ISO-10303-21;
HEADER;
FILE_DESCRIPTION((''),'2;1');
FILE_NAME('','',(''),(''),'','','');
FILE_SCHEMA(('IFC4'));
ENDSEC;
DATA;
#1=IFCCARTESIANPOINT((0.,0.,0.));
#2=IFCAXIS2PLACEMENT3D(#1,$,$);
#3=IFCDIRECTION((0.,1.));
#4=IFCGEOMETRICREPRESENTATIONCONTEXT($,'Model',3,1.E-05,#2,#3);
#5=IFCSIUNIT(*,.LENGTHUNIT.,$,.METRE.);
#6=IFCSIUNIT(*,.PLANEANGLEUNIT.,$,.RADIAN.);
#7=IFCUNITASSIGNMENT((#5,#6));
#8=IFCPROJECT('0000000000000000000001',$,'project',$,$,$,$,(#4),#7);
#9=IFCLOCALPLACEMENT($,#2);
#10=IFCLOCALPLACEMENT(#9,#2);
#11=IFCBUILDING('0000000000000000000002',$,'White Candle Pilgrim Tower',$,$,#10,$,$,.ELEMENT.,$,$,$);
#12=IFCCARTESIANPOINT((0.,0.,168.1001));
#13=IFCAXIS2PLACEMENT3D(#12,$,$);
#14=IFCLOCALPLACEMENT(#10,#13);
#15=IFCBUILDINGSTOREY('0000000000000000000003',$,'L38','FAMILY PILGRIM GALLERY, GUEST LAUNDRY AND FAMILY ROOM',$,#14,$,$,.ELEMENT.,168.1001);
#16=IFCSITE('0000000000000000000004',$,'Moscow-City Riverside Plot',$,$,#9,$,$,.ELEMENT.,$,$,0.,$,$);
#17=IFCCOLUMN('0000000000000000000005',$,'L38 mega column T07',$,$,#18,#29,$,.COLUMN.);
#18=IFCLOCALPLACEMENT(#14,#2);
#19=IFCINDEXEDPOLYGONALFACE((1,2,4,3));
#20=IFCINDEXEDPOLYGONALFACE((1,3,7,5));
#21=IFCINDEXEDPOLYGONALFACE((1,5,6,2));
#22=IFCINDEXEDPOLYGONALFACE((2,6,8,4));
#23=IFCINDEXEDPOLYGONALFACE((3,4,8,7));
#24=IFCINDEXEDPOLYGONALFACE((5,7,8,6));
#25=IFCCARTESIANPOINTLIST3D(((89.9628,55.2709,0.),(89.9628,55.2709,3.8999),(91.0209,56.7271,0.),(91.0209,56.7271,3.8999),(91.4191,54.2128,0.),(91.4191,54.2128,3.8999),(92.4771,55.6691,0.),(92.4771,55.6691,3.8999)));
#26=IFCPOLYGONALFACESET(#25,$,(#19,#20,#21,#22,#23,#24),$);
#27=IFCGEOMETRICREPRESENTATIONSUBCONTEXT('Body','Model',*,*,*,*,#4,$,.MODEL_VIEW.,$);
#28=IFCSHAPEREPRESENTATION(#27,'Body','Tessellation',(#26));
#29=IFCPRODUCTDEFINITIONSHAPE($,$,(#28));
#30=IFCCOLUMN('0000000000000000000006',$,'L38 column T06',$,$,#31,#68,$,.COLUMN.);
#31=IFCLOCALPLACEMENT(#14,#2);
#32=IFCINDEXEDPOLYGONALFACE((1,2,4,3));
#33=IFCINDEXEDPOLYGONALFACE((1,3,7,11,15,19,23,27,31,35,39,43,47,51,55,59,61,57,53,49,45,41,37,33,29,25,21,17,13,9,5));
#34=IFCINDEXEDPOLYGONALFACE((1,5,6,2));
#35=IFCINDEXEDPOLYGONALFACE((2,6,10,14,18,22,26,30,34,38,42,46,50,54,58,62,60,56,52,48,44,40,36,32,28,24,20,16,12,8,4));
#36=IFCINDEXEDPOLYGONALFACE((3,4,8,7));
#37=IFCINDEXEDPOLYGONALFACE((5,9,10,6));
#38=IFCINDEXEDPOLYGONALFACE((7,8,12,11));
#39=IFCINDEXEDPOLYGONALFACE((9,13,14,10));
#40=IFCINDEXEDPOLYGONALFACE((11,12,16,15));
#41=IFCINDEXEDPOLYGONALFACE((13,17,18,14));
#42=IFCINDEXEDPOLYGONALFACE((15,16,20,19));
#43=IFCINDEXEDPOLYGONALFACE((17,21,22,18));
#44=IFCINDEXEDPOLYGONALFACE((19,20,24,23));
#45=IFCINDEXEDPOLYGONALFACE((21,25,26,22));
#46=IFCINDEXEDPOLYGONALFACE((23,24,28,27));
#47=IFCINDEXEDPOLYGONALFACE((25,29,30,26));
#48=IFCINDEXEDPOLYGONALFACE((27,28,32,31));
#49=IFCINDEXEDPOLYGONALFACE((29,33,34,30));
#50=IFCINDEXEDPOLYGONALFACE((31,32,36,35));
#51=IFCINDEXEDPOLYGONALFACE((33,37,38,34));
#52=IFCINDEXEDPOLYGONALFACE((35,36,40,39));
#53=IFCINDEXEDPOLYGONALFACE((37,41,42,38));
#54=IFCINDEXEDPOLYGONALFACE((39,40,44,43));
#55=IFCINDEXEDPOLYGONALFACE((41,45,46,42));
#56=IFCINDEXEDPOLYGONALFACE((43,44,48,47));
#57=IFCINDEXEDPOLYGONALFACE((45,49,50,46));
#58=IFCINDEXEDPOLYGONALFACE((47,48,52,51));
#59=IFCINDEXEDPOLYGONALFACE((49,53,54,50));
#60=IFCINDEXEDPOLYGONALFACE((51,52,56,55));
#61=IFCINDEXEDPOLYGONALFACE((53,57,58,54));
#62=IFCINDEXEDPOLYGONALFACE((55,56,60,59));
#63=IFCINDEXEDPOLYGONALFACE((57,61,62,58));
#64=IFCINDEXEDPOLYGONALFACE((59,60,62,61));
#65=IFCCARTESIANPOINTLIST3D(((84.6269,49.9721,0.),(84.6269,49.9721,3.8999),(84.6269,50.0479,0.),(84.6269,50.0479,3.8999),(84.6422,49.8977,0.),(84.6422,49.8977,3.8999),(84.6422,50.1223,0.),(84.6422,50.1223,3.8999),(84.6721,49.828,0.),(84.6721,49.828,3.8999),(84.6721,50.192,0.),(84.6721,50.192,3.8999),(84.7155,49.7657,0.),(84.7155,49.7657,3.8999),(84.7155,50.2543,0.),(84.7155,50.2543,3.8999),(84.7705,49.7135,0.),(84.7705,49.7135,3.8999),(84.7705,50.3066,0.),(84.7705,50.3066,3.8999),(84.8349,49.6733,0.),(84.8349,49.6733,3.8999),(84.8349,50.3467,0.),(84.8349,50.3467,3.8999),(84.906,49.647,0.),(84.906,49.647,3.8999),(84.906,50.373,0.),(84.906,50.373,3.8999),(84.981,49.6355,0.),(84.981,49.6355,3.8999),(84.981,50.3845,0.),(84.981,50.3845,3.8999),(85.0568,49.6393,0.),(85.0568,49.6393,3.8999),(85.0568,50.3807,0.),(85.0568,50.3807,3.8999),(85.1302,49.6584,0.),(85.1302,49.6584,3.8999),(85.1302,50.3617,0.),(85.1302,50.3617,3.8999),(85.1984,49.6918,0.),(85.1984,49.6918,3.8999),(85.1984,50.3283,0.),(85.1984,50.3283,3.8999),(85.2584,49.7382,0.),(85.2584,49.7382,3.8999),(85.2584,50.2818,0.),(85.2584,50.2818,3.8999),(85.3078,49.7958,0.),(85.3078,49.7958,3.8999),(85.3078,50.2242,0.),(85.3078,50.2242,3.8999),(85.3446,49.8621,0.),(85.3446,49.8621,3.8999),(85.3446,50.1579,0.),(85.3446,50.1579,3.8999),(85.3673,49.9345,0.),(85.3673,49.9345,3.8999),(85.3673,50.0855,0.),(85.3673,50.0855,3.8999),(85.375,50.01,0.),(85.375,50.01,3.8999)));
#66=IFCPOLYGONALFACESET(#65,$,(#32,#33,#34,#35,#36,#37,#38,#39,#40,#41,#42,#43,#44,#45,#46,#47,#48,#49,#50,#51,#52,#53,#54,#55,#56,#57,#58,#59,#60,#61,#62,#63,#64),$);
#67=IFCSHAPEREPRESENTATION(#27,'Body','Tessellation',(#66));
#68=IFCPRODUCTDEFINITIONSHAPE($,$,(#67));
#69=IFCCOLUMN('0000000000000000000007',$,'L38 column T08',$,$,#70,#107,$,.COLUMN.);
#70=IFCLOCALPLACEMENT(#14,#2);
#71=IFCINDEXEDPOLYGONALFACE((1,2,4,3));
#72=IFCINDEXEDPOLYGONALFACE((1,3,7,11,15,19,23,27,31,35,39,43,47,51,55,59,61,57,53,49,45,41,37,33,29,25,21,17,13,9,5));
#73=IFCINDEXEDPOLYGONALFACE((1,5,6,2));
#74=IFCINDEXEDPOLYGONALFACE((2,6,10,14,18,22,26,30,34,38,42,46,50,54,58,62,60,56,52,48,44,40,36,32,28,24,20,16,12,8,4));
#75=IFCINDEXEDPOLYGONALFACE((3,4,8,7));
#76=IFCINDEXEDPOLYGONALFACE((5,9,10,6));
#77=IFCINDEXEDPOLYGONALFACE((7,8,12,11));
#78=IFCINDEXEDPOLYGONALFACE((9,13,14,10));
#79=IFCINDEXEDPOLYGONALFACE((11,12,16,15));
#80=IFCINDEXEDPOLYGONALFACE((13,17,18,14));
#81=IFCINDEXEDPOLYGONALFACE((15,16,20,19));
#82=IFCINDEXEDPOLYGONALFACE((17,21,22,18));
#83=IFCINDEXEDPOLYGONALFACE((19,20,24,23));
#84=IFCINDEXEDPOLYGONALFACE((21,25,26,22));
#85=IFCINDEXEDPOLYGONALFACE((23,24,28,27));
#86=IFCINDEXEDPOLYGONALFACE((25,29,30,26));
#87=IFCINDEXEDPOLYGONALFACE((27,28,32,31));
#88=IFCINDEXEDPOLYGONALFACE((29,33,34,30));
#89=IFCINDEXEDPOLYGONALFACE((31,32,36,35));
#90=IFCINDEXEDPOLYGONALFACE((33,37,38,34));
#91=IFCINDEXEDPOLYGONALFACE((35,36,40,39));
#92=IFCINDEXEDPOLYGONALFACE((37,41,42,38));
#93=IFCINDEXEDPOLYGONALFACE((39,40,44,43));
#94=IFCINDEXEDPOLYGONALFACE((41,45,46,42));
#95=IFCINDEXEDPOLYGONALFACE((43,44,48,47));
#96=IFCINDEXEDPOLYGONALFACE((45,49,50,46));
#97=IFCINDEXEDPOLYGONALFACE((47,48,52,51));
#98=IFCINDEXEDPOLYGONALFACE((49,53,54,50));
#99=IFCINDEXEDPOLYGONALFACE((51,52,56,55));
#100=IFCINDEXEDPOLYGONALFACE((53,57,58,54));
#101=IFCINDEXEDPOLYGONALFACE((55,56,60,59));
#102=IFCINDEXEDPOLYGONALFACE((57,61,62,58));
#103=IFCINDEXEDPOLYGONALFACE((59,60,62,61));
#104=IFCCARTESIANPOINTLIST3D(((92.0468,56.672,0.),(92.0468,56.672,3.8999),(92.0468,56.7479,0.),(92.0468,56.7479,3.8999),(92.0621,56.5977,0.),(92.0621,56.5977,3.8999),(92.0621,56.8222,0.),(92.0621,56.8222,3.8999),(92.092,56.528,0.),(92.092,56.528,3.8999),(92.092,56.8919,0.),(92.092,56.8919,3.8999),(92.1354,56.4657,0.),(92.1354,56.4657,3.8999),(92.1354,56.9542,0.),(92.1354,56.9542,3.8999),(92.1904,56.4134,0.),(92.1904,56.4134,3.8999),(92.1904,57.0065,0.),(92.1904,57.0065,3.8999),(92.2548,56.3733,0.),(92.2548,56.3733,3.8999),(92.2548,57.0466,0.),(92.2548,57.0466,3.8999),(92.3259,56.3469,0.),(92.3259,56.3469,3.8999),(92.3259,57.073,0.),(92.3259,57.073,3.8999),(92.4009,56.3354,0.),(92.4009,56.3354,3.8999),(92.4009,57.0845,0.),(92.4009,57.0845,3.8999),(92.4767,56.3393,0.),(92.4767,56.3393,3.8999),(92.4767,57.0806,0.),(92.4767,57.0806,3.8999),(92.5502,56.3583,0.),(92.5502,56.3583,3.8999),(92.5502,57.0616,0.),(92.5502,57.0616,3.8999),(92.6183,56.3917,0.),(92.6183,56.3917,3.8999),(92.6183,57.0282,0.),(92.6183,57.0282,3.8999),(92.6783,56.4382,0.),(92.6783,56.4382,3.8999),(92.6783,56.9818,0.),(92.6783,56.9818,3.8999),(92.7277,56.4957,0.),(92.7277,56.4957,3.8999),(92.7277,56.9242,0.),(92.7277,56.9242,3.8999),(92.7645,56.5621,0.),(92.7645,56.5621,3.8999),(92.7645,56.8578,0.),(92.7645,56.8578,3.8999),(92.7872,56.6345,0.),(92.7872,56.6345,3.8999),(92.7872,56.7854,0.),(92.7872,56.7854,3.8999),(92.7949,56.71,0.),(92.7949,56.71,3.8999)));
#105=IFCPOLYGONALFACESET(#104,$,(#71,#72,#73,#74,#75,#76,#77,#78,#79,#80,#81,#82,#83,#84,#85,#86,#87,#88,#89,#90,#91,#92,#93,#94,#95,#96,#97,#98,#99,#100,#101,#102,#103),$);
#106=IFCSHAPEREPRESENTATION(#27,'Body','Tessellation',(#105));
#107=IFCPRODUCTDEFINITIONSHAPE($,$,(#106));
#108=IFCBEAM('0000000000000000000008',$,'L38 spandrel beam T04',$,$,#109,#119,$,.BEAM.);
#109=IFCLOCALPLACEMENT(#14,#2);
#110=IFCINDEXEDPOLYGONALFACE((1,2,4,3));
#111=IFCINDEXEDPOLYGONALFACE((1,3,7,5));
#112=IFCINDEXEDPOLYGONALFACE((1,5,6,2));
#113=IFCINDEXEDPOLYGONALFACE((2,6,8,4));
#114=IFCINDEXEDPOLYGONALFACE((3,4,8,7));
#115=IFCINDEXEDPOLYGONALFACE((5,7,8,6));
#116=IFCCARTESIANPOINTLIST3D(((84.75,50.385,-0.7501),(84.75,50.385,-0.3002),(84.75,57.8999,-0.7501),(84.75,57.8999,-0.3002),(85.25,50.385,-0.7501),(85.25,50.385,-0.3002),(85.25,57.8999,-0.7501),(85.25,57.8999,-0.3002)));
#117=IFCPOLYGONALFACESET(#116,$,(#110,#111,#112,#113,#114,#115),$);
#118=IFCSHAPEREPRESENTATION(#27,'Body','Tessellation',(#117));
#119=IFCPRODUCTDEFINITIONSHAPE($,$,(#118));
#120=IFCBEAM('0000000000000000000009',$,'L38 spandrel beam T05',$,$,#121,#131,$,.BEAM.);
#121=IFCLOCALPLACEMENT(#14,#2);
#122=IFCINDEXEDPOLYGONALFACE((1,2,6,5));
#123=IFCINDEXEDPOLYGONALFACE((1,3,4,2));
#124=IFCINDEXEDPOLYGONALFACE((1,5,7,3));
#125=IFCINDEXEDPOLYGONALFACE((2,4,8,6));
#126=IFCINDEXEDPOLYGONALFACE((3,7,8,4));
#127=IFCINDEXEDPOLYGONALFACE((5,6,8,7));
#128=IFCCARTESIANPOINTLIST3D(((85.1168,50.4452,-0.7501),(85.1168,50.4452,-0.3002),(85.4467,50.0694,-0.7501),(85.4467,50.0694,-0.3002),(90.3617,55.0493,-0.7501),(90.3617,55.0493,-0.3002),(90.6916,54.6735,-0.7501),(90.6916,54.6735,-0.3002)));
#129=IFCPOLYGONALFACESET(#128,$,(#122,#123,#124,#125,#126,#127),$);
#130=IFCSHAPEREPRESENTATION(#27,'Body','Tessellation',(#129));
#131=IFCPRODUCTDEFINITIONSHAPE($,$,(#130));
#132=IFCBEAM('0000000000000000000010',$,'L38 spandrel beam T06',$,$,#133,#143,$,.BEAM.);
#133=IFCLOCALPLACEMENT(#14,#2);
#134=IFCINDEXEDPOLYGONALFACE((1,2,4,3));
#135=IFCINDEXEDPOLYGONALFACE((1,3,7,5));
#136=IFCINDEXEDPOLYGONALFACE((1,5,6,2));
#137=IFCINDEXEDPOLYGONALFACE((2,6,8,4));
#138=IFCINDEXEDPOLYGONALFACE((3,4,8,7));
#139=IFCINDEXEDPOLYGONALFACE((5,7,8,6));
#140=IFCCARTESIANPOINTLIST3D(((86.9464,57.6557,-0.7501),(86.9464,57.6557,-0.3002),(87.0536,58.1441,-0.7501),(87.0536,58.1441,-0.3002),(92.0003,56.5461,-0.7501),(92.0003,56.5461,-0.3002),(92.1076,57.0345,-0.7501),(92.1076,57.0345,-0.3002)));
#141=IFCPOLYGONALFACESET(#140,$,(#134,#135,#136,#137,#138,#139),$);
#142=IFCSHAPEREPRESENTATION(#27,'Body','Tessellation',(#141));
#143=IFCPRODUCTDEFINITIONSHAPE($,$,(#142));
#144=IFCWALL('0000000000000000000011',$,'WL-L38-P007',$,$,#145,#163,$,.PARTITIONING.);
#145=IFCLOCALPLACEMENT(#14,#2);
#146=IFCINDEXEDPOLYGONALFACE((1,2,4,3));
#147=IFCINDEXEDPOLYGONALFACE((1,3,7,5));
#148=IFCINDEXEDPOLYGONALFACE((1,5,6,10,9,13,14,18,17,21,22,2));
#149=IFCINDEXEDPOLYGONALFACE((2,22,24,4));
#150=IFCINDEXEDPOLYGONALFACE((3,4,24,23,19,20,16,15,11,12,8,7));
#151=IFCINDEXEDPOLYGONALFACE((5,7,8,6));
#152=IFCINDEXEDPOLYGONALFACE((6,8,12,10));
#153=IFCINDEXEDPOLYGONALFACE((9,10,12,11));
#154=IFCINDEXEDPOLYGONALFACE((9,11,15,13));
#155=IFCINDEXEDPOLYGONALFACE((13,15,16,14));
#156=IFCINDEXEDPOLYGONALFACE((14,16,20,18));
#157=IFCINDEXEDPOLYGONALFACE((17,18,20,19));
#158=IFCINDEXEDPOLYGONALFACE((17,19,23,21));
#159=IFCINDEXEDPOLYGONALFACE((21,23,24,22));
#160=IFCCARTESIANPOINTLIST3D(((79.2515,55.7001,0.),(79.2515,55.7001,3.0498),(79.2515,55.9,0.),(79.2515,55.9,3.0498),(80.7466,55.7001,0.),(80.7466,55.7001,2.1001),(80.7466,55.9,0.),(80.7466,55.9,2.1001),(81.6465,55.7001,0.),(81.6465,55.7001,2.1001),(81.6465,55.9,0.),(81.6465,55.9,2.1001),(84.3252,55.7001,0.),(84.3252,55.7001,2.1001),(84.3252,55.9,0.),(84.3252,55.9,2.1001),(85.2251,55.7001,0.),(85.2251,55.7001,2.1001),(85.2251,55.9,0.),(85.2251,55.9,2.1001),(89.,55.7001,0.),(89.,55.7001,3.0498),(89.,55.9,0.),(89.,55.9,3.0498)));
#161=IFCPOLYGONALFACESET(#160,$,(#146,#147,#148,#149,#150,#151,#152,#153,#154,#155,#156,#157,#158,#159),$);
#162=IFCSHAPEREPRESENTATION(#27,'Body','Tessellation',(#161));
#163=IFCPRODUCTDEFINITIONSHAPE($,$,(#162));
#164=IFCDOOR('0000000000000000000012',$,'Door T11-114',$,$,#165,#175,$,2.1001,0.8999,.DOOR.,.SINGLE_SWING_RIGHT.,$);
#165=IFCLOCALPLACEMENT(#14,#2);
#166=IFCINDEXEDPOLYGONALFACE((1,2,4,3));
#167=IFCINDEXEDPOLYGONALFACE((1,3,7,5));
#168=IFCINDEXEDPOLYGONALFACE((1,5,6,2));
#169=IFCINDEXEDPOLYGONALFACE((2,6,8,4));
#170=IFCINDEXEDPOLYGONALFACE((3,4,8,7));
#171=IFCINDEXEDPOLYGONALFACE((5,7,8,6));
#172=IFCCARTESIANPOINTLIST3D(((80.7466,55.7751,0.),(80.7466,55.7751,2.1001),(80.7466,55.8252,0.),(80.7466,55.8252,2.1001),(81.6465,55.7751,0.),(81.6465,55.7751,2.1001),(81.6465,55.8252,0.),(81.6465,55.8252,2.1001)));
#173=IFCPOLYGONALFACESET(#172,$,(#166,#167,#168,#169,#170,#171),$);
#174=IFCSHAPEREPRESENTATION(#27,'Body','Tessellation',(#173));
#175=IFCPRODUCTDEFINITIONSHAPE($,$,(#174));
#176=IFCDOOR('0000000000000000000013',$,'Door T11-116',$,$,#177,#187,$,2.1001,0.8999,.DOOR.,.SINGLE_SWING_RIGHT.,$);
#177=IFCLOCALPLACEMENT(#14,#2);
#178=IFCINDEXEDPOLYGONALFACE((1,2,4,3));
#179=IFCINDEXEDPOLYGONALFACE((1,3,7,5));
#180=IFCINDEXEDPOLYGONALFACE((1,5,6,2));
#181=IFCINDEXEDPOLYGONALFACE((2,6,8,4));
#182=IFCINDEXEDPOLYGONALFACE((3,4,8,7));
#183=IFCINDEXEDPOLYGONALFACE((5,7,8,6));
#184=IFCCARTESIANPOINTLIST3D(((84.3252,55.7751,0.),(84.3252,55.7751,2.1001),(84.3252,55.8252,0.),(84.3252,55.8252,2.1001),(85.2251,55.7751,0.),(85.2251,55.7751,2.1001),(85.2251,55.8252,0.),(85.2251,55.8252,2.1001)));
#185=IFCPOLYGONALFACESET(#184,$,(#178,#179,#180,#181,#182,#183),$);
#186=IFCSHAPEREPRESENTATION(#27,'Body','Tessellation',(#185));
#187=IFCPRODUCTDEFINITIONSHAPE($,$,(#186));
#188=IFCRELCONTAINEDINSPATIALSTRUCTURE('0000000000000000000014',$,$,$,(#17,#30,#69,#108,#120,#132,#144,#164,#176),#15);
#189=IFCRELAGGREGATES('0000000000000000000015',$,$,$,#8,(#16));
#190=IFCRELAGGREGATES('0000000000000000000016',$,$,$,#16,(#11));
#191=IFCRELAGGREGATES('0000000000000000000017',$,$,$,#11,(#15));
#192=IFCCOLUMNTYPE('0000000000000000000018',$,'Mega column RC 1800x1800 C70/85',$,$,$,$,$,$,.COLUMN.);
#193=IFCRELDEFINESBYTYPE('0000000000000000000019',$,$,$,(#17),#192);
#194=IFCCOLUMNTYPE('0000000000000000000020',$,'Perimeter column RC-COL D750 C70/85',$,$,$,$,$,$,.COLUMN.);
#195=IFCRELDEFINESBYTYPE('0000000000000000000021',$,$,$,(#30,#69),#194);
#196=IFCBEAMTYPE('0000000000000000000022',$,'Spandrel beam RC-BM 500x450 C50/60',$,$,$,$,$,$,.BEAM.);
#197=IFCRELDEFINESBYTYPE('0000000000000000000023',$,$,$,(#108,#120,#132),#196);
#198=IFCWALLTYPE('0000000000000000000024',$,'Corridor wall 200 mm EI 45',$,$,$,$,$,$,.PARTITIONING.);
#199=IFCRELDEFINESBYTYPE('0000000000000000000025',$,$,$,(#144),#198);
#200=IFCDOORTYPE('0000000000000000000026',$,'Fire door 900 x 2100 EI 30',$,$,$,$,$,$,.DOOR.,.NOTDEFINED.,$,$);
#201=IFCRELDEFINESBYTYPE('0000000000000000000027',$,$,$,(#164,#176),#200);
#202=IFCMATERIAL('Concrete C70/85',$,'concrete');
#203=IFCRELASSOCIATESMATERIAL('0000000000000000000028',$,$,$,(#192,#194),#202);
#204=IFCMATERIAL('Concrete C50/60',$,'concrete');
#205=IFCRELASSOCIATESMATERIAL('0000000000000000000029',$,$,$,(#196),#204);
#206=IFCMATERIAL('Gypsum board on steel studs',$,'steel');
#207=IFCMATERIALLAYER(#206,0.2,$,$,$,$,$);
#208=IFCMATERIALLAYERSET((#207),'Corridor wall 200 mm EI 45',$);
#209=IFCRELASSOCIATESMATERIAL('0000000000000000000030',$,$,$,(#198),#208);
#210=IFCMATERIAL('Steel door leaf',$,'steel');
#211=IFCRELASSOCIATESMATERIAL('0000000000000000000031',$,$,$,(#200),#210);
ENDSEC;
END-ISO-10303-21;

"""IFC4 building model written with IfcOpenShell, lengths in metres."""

from ifc_helpers import new_model, si_unit, direction, frame, frame_2d, origin, origin_2d, place, context, subcontext, project, spatial, rectangle, circle, extrude, material, layer, layer_set, material_profile, profile_set, type_object, element, fill, save


model = new_model("IFC4")

# Units and contexts
model_context = context("Model", 3, precision=1e-05, world=origin(), true_north=direction((0.0, 1.0)))
body_context = subcontext(model_context, "Body", "Model", "MODEL_VIEW")
ifc_project = project(units=[si_unit("LENGTHUNIT", "METRE"), si_unit("PLANEANGLEUNIT", "RADIAN")], contexts=[model_context])

# Site, building, storey
site_placement = place(None, origin())
site = spatial("IfcSite", under=ifc_project, at=site_placement, Name="Moscow-City Riverside Plot", CompositionType="ELEMENT", RefElevation=0.0)
building_placement = place(site_placement, origin())
building = spatial("IfcBuilding", under=site, at=building_placement, Name="White Candle Pilgrim Tower", CompositionType="ELEMENT")
storey_placement = place(building_placement, frame((0.0, 0.0, 168.1001)))
storey = spatial("IfcBuildingStorey", under=building, at=storey_placement, Name="L38", Description="FAMILY PILGRIM GALLERY, GUEST LAUNDRY AND FAMILY ROOM", CompositionType="ELEMENT", Elevation=168.1001)

# Columns
ifc_material_1 = material(Name="Concrete C70/85", Category="concrete")
ifc_material_profile_1 = material_profile(ifc_material_1, rectangle(XDim=1.8, YDim=1.8, at=origin_2d()), Name="RC 1800x1800")
ifc_profile_set_1 = profile_set([ifc_material_profile_1], Name="Concrete C70/85")
column_type_1 = type_object("IfcColumnType", Name="Mega column RC 1800x1800 C70/85", PredefinedType="COLUMN", material=ifc_profile_set_1)
column_placement = place(storey_placement, frame((91.22, 55.47, 0.0), z_axis=(0.0, 0.0, 1.0), x_axis=(0.809017, -0.587785, 0.0)))
element("IfcColumn", 1, at=column_placement, inside=storey, type_object=column_type_1, Name="L38 mega column T07", PredefinedType="COLUMN", context=body_context, shape_type="SweptSolid", body=[
    extrude(rectangle(XDim=1.8, YDim=1.8, at=origin_2d()), origin(), (0.0, 0.0, 1.0), 3.8999),
])
ifc_material_profile_2 = material_profile(ifc_material_1, circle(Radius=0.375, at=origin_2d()), Name="RC-COL D750")
ifc_profile_set_2 = profile_set([ifc_material_profile_2], Name="Concrete C70/85")
column_type_2 = type_object("IfcColumnType", Name="Perimeter column RC-COL D750 C70/85", PredefinedType="COLUMN", material=ifc_profile_set_2)
for number, where, z_axis, x_axis, name in (
    (2, (85.0, 50.01, 0.0), (0.0, 0.0, 1.0), (1.0, 0.0, 0.0), "L38 column T06"),
    (3, (92.4199, 56.71, 0.0), (0.0, 0.0, 1.0), (1.0, 0.0, 0.0), "L38 column T08"),
):
    element("IfcColumn", number, at=place(storey_placement, frame(where, z_axis=z_axis, x_axis=x_axis)), inside=storey, type_object=column_type_2, Name=name, PredefinedType="COLUMN", context=body_context, shape_type="SweptSolid", body=[
        extrude(circle(Radius=0.375, at=origin_2d()), origin(), (0.0, 0.0, 1.0), 3.8999),
    ])

# Beams
ifc_material_2 = material(Name="Concrete C50/60", Category="concrete")
ifc_material_profile_3 = material_profile(ifc_material_2, rectangle(XDim=0.5, YDim=0.45, at=origin_2d()), Name="RC-BM 500x450")
ifc_profile_set_3 = profile_set([ifc_material_profile_3], Name="Concrete C50/60")
beam_type = type_object("IfcBeamType", Name="Spandrel beam RC-BM 500x450 C50/60", PredefinedType="BEAM", material=ifc_profile_set_3)
beam_1_placement = place(storey_placement, frame((85.0, 50.385, -0.5251), z_axis=(0.0, 1.0, 0.0), x_axis=(-1.0, 0.0, 0.0)))
element("IfcBeam", 4, at=beam_1_placement, inside=storey, type_object=beam_type, Name="L38 spandrel beam T04", PredefinedType="BEAM", context=body_context, shape_type="SweptSolid", body=[
    extrude(rectangle(XDim=0.5, YDim=0.45, at=origin_2d()), origin(), (0.0, 0.0, 1.0), 7.5149),
])
beam_2_placement = place(storey_placement, frame((85.2817, 50.2573, -0.5251), z_axis=(0.751529, 0.6597, 0.0), x_axis=(-0.6597, 0.751529, 0.0)))
element("IfcBeam", 5, at=beam_2_placement, inside=storey, type_object=beam_type, Name="L38 spandrel beam T05", PredefinedType="BEAM", context=body_context, shape_type="SweptSolid", body=[
    extrude(rectangle(XDim=0.5, YDim=0.45, at=origin_2d()), origin(), (0.0, 0.0, 1.0), 6.979),
])
beam_3_placement = place(storey_placement, frame((92.054, 56.7903, -0.5251), z_axis=(-0.976736, 0.214447, 0.0), x_axis=(-0.214447, -0.976736, 0.0)))
element("IfcBeam", 6, at=beam_3_placement, inside=storey, type_object=beam_type, Name="L38 spandrel beam T06", PredefinedType="BEAM", context=body_context, shape_type="SweptSolid", body=[
    extrude(rectangle(XDim=0.5, YDim=0.45, at=origin_2d()), origin(), (0.0, 0.0, 1.0), 5.1743),
])

# Wall, openings, doors
ifc_material_3 = material(Name="Gypsum board on steel studs", Category="steel")
ifc_layer_1 = layer(ifc_material_3, 0.2)
ifc_layer_set_1 = layer_set([ifc_layer_1], Name="Corridor wall 200 mm EI 45")
wall_type_1 = type_object("IfcWallType", Name="Corridor wall 200 mm EI 45", PredefinedType="PARTITIONING", material=ifc_layer_set_1)
wall_1_placement = place(storey_placement, frame((89.0, 55.8, 0.0), z_axis=(0.0, 0.0, 1.0), x_axis=(-1.0, 0.0, 0.0)))
wall_1 = element("IfcWall", 7, at=wall_1_placement, inside=storey, type_object=wall_type_1, Name="WL-L38-P007", PredefinedType="PARTITIONING", context=body_context, shape_type="SweptSolid", body=[
    extrude(rectangle(XDim=9.7485, YDim=0.2, at=frame_2d((4.8743, 0.0))), origin(), (0.0, 0.0, 1.0), 3.0498),
])
opening_1_placement = place(wall_1_placement, frame((7.3535, 0.0, 0.0)))
opening_1 = element("IfcOpeningElement", 8, at=opening_1_placement, cuts=wall_1, PredefinedType="OPENING", context=body_context, shape_type="SweptSolid", body=[
    extrude(rectangle(XDim=0.8999, YDim=2.1001, at=frame_2d((0.45, 1.05))), frame((0.0, 0.1099, 0.0), z_axis=(0.0, -1.0, 0.0), x_axis=(1.0, 0.0, 0.0)), (0.0, 0.0, 1.0), 0.22),
])
opening_2_placement = place(wall_1_placement, frame((3.7749, 0.0, 0.0)))
opening_2 = element("IfcOpeningElement", 9, at=opening_2_placement, cuts=wall_1, PredefinedType="OPENING", context=body_context, shape_type="SweptSolid", body=[
    extrude(rectangle(XDim=0.8999, YDim=2.1001, at=frame_2d((0.45, 1.05))), frame((0.0, 0.1099, 0.0), z_axis=(0.0, -1.0, 0.0), x_axis=(1.0, 0.0, 0.0)), (0.0, 0.0, 1.0), 0.22),
])
ifc_material_4 = material(Name="Steel door leaf", Category="steel")
door_type_1 = type_object("IfcDoorType", Name="Fire door 900 x 2100 EI 30", OperationType="NOTDEFINED", PredefinedType="DOOR", material=ifc_material_4)
door_1_placement = place(opening_1_placement, origin())
door_1 = element("IfcDoor", 10, at=door_1_placement, inside=storey, type_object=door_type_1, Name="Door T11-114", OperationType="SINGLE_SWING_RIGHT", OverallHeight=2.1001, OverallWidth=0.8999, PredefinedType="DOOR", context=body_context, shape_type="SweptSolid", body=[
    extrude(rectangle(XDim=0.8999, YDim=2.1001, at=frame_2d((0.45, 1.05))), frame((0.0, 0.0249, 0.0), z_axis=(0.0, -1.0, 0.0), x_axis=(1.0, 0.0, 0.0)), (0.0, 0.0, 1.0), 0.05),
])
fill(opening_1, door_1)
door_2_placement = place(opening_2_placement, origin())
door_2 = element("IfcDoor", 11, at=door_2_placement, inside=storey, type_object=door_type_1, Name="Door T11-116", OperationType="SINGLE_SWING_RIGHT", OverallHeight=2.1001, OverallWidth=0.8999, PredefinedType="DOOR", context=body_context, shape_type="SweptSolid", body=[
    extrude(rectangle(XDim=0.8999, YDim=2.1001, at=frame_2d((0.45, 1.05))), frame((0.0, 0.0249, 0.0), z_axis=(0.0, -1.0, 0.0), x_axis=(1.0, 0.0, 0.0)), (0.0, 0.0, 1.0), 0.05),
])
fill(opening_2, door_2)

save(model, "model.ifc")
